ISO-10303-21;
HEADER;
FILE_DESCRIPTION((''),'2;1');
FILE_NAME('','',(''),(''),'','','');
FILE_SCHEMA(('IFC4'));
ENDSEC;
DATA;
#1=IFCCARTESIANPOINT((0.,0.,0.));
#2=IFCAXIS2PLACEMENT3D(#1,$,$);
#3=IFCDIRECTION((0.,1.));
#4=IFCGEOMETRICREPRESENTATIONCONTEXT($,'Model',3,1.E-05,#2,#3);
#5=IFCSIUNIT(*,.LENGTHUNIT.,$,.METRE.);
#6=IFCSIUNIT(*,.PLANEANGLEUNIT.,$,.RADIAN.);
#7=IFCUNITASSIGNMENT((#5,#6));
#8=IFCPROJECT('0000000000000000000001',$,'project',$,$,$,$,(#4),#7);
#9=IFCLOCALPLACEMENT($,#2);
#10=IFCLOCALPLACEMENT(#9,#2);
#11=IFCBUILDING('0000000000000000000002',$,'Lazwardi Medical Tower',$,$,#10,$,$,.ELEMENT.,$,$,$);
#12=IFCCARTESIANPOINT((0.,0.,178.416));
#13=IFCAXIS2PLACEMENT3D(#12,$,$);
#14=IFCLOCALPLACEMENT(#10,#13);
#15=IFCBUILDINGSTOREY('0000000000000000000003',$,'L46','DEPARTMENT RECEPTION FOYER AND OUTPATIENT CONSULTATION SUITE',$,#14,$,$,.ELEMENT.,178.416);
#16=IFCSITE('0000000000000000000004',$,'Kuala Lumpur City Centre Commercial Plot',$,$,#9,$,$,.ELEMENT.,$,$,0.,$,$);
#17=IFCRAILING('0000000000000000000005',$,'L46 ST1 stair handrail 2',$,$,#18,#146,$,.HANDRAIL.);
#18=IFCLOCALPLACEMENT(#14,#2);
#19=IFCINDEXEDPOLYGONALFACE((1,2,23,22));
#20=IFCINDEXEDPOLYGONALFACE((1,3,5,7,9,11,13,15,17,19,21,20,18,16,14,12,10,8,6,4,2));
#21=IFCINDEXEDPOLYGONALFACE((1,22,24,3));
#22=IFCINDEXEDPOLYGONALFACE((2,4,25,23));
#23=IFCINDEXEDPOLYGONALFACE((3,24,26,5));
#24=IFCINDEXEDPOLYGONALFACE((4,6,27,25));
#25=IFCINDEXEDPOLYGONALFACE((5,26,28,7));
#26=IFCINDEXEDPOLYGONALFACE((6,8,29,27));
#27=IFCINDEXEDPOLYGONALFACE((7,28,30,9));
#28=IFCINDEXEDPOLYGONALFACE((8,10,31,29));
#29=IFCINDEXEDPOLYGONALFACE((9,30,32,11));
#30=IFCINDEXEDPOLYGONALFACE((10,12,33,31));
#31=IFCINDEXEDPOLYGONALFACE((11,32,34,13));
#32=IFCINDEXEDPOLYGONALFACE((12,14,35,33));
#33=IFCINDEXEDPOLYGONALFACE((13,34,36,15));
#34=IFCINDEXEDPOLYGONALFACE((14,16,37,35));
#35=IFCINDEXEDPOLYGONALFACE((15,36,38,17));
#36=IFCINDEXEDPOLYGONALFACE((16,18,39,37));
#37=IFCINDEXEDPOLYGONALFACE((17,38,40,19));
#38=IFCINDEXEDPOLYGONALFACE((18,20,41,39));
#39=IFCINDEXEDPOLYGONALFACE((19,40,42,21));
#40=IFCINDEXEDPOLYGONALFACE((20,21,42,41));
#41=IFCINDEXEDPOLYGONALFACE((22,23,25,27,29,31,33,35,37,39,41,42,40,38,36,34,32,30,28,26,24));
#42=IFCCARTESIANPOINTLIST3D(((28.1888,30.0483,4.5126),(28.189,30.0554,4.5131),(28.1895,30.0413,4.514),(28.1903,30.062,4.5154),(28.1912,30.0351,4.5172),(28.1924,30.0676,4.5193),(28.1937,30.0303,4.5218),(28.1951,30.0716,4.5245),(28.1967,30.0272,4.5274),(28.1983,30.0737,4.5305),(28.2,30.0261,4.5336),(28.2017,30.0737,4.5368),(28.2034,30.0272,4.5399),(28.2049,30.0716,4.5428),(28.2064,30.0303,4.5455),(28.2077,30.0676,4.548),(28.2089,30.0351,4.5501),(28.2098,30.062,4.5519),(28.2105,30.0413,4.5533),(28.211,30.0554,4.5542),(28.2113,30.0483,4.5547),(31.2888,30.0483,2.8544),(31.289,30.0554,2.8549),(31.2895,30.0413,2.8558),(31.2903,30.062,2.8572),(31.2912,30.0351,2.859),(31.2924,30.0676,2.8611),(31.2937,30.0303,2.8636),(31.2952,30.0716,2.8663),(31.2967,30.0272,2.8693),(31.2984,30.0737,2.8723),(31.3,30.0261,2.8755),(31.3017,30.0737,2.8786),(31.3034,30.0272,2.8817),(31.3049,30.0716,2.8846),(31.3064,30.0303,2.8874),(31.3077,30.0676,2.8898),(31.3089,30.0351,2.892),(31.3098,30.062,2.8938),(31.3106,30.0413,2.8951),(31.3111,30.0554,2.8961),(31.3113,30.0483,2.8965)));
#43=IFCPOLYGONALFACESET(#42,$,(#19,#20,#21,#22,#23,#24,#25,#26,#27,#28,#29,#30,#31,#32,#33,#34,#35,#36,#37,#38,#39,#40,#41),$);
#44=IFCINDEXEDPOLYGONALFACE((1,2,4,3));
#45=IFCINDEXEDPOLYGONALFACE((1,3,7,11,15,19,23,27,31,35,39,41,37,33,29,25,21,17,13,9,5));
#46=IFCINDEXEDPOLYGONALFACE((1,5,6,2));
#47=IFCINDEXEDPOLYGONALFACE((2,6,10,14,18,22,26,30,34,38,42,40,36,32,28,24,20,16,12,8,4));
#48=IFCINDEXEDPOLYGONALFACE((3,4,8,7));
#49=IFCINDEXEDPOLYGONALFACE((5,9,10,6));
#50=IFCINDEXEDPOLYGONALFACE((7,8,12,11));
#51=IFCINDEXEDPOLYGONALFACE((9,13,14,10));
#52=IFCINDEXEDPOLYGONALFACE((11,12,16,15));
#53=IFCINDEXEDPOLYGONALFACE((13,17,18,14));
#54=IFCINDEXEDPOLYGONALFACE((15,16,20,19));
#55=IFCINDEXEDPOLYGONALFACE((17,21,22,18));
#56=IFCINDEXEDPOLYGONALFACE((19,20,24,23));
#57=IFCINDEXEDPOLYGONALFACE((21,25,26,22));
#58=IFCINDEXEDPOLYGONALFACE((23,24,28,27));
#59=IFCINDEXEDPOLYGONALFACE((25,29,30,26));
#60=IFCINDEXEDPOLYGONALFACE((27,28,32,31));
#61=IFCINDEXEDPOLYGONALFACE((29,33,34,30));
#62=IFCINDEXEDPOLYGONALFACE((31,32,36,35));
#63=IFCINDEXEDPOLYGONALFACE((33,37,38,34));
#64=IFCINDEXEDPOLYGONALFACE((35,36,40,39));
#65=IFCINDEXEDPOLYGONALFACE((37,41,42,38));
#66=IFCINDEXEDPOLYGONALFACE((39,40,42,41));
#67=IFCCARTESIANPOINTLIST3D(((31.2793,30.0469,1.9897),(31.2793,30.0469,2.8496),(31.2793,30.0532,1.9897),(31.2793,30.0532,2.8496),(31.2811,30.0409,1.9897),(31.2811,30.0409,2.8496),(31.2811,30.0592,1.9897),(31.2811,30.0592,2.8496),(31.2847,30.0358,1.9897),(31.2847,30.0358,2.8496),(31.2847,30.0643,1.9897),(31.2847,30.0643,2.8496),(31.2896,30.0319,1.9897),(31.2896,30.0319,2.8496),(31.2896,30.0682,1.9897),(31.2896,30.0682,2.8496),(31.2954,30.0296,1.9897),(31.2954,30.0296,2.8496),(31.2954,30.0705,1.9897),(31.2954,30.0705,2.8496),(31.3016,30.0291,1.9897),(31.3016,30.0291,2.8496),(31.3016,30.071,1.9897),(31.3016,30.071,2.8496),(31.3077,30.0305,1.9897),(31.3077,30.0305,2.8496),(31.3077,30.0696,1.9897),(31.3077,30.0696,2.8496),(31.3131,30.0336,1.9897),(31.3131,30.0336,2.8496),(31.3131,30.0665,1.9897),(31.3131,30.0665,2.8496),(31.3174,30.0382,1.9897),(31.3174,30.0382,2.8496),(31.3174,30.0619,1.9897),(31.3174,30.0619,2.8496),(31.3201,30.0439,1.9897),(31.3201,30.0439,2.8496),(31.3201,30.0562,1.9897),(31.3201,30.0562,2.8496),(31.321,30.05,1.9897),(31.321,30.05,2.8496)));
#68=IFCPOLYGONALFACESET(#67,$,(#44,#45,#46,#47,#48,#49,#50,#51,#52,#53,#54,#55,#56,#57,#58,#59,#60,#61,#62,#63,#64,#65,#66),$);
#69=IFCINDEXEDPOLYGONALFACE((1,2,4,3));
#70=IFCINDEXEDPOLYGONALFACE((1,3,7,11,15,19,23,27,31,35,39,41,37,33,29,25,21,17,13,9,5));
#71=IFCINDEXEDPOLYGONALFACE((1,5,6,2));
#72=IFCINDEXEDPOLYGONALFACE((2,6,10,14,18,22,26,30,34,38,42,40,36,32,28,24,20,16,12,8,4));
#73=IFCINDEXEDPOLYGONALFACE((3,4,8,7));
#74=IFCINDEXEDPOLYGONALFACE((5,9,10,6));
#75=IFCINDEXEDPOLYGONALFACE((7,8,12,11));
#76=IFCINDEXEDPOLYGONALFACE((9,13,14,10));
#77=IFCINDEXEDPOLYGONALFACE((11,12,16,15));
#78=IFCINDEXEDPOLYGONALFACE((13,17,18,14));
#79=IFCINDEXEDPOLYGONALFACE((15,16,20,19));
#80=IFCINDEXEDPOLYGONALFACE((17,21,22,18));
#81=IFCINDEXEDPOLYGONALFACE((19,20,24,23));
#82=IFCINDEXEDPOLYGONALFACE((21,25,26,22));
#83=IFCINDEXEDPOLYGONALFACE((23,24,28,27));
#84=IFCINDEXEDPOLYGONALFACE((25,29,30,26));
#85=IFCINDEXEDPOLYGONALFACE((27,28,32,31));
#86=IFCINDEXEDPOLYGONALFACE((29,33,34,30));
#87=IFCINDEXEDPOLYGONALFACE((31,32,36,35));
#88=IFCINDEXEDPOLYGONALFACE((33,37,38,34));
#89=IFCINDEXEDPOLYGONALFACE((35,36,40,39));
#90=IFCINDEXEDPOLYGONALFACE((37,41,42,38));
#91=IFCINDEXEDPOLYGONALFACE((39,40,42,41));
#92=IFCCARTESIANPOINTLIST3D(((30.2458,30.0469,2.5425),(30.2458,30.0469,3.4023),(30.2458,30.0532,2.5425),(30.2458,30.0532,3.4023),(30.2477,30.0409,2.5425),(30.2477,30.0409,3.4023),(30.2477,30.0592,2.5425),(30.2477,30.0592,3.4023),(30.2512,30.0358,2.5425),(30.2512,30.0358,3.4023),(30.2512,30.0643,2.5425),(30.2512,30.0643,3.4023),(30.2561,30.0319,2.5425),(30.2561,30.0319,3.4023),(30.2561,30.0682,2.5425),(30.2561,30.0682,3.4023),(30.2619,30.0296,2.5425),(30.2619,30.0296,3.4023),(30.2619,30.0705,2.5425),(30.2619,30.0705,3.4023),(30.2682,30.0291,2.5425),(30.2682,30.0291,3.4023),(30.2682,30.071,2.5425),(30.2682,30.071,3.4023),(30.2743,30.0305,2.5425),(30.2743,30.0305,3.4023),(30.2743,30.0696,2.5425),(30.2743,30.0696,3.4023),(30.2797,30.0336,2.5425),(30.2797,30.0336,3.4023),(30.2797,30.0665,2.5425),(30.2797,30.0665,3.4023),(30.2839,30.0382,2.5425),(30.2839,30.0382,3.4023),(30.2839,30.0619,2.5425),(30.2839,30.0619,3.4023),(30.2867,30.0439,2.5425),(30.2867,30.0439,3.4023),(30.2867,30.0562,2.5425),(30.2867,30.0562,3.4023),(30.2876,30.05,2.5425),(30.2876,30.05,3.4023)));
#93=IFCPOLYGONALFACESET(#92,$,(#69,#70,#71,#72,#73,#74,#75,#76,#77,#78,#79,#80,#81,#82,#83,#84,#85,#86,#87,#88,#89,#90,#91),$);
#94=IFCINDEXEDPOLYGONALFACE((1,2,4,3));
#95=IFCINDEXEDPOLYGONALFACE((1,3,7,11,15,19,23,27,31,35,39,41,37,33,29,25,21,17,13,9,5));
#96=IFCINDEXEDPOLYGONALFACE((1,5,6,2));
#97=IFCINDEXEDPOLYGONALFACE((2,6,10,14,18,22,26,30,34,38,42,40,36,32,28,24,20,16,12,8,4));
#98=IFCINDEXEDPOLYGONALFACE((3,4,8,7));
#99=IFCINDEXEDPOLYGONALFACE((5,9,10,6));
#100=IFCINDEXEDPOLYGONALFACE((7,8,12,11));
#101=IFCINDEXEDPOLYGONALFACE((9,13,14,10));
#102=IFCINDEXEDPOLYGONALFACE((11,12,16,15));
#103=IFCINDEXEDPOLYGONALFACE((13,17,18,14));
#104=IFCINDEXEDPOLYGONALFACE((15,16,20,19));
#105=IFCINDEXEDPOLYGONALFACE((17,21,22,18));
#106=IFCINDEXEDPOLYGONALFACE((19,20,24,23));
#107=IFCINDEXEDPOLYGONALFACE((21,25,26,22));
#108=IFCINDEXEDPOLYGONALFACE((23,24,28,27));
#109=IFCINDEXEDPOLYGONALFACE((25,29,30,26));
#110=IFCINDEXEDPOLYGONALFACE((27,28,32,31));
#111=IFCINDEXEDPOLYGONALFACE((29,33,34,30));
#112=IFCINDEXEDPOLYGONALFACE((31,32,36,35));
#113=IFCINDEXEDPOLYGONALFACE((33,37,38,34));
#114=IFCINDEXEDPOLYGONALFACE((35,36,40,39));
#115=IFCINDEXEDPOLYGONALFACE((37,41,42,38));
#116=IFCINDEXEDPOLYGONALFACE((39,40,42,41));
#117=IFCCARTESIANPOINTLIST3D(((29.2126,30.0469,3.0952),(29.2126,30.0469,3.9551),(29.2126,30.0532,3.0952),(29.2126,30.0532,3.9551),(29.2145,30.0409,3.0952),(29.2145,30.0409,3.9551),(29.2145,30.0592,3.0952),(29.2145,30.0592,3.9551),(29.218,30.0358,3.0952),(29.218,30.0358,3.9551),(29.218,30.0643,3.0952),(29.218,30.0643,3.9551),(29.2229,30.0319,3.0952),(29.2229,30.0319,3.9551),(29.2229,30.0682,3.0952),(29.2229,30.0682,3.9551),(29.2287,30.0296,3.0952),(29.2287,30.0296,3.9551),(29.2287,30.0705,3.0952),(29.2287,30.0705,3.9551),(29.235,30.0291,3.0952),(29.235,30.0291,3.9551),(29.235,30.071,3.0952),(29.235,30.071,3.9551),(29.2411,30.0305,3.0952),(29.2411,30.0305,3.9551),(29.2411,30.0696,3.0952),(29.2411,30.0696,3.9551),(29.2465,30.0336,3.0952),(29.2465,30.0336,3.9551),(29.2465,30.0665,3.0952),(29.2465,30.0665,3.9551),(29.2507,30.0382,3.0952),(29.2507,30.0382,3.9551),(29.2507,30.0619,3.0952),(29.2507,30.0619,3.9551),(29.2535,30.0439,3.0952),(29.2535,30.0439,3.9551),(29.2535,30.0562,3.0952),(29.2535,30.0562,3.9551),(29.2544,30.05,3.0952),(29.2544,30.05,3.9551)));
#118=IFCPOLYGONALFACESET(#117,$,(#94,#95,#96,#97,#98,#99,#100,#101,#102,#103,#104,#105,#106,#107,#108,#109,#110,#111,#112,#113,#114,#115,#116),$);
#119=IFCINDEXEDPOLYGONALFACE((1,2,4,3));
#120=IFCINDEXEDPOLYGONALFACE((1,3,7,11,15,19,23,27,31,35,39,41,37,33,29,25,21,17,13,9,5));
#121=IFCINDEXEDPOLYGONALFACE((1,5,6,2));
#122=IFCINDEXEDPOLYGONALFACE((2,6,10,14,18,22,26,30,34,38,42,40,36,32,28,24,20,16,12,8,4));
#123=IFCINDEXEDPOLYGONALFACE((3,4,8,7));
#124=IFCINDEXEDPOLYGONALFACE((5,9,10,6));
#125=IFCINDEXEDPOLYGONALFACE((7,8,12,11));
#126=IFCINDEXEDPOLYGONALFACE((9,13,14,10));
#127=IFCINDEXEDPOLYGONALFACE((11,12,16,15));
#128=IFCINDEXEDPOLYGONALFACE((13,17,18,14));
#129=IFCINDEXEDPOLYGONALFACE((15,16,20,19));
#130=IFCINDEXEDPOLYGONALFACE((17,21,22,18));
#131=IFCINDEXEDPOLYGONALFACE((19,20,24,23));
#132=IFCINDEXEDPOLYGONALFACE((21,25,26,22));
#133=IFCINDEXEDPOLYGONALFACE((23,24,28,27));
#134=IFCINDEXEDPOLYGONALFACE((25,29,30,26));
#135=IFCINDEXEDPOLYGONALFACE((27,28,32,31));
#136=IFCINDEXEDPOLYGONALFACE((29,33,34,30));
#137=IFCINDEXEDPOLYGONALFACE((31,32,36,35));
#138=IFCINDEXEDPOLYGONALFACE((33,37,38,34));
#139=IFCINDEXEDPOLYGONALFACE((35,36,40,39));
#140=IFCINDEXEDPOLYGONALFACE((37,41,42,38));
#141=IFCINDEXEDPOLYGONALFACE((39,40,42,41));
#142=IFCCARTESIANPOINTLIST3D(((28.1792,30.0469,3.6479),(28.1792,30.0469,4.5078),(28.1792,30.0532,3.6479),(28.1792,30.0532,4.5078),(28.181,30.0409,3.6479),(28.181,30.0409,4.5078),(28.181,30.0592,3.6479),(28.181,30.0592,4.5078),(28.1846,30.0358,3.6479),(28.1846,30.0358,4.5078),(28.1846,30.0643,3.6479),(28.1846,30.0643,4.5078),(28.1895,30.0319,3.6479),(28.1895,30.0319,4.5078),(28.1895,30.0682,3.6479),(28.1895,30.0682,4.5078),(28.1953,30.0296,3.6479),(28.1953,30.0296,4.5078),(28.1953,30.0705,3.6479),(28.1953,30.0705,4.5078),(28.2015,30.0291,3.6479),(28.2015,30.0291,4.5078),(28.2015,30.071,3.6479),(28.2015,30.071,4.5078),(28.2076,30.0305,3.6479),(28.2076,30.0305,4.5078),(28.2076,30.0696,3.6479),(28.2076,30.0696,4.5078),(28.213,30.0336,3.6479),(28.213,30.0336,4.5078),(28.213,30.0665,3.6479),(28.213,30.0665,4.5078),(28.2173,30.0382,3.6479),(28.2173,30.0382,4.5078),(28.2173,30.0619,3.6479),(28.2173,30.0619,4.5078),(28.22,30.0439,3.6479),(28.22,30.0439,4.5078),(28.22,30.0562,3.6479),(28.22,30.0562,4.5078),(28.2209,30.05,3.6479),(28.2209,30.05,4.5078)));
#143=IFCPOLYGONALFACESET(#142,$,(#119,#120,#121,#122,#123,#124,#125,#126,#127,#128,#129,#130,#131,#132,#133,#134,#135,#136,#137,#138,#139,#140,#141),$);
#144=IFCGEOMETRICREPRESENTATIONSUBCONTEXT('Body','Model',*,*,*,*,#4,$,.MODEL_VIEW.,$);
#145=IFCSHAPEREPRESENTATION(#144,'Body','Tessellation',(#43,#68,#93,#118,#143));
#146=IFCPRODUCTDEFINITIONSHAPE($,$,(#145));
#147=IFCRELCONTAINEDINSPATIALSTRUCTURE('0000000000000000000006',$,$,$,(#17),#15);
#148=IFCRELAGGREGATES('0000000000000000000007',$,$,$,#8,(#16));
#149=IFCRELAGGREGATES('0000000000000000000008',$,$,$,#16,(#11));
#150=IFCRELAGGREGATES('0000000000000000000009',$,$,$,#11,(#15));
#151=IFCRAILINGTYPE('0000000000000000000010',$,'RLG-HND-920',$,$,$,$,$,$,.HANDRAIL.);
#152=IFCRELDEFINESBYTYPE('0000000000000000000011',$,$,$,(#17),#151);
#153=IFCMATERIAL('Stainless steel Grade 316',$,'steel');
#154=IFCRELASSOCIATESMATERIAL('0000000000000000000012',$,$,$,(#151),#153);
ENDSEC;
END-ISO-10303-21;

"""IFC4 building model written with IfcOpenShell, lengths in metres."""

from ifc_helpers import new_model, si_unit, direction, frame, origin, origin_2d, place, context, subcontext, project, spatial, circle, extrude, material, type_object, element, save


model = new_model("IFC4")

# Units and contexts
model_context = context("Model", 3, precision=1e-05, world=origin(), true_north=direction((0.0, 1.0)))
body_context = subcontext(model_context, "Body", "Model", "MODEL_VIEW")
ifc_project = project(units=[si_unit("LENGTHUNIT", "METRE"), si_unit("PLANEANGLEUNIT", "RADIAN")], contexts=[model_context])

# Site, building, storey
site_placement = place(None, origin())
site = spatial("IfcSite", under=ifc_project, at=site_placement, Name="Kuala Lumpur City Centre Commercial Plot", CompositionType="ELEMENT", RefElevation=0.0)
building_placement = place(site_placement, origin())
building = spatial("IfcBuilding", under=site, at=building_placement, Name="Lazwardi Medical Tower", CompositionType="ELEMENT")
storey_placement = place(building_placement, frame((0.0, 0.0, 178.416)))
storey = spatial("IfcBuildingStorey", under=building, at=storey_placement, Name="L46", Description="DEPARTMENT RECEPTION FOYER AND OUTPATIENT CONSULTATION SUITE", CompositionType="ELEMENT", Elevation=178.416)

# Railing
ifc_material_1 = material(Name="Stainless steel Grade 316", Category="steel")
railing_type_1 = type_object("IfcRailingType", Name="RLG-HND-920", PredefinedType="HANDRAIL", material=ifc_material_1)
railing_1_placement = place(storey_placement, frame((31.3, 30.05, 1.9897)))
element("IfcRailing", 1, at=railing_1_placement, inside=storey, type_object=railing_type_1, Name="L46 ST1 stair handrail 2", PredefinedType="HANDRAIL", context=body_context, shape_type="SweptSolid", body=[
    extrude(circle(Radius=0.0239, at=origin_2d()), frame((0.0, 0.0, 0.8857), z_axis=(-0.881783, 0.0, 0.471655), x_axis=(0.0, -1.0, 0.0)), (0.0, 0.0, 1.0), 3.5156),
    extrude(circle(Radius=0.021, at=origin_2d()), origin(), (0.0, 0.0, 1.0), 0.8599),
    extrude(circle(Radius=0.021, at=origin_2d()), frame((-1.0334, 0.0, 0.5527)), (0.0, 0.0, 1.0), 0.8599),
    extrude(circle(Radius=0.021, at=origin_2d()), frame((-2.0667, 0.0, 1.1055)), (0.0, 0.0, 1.0), 0.8599),
    extrude(circle(Radius=0.021, at=origin_2d()), frame((-3.1001, 0.0, 1.6582)), (0.0, 0.0, 1.0), 0.8599),
])

save(model, "model.ifc")
